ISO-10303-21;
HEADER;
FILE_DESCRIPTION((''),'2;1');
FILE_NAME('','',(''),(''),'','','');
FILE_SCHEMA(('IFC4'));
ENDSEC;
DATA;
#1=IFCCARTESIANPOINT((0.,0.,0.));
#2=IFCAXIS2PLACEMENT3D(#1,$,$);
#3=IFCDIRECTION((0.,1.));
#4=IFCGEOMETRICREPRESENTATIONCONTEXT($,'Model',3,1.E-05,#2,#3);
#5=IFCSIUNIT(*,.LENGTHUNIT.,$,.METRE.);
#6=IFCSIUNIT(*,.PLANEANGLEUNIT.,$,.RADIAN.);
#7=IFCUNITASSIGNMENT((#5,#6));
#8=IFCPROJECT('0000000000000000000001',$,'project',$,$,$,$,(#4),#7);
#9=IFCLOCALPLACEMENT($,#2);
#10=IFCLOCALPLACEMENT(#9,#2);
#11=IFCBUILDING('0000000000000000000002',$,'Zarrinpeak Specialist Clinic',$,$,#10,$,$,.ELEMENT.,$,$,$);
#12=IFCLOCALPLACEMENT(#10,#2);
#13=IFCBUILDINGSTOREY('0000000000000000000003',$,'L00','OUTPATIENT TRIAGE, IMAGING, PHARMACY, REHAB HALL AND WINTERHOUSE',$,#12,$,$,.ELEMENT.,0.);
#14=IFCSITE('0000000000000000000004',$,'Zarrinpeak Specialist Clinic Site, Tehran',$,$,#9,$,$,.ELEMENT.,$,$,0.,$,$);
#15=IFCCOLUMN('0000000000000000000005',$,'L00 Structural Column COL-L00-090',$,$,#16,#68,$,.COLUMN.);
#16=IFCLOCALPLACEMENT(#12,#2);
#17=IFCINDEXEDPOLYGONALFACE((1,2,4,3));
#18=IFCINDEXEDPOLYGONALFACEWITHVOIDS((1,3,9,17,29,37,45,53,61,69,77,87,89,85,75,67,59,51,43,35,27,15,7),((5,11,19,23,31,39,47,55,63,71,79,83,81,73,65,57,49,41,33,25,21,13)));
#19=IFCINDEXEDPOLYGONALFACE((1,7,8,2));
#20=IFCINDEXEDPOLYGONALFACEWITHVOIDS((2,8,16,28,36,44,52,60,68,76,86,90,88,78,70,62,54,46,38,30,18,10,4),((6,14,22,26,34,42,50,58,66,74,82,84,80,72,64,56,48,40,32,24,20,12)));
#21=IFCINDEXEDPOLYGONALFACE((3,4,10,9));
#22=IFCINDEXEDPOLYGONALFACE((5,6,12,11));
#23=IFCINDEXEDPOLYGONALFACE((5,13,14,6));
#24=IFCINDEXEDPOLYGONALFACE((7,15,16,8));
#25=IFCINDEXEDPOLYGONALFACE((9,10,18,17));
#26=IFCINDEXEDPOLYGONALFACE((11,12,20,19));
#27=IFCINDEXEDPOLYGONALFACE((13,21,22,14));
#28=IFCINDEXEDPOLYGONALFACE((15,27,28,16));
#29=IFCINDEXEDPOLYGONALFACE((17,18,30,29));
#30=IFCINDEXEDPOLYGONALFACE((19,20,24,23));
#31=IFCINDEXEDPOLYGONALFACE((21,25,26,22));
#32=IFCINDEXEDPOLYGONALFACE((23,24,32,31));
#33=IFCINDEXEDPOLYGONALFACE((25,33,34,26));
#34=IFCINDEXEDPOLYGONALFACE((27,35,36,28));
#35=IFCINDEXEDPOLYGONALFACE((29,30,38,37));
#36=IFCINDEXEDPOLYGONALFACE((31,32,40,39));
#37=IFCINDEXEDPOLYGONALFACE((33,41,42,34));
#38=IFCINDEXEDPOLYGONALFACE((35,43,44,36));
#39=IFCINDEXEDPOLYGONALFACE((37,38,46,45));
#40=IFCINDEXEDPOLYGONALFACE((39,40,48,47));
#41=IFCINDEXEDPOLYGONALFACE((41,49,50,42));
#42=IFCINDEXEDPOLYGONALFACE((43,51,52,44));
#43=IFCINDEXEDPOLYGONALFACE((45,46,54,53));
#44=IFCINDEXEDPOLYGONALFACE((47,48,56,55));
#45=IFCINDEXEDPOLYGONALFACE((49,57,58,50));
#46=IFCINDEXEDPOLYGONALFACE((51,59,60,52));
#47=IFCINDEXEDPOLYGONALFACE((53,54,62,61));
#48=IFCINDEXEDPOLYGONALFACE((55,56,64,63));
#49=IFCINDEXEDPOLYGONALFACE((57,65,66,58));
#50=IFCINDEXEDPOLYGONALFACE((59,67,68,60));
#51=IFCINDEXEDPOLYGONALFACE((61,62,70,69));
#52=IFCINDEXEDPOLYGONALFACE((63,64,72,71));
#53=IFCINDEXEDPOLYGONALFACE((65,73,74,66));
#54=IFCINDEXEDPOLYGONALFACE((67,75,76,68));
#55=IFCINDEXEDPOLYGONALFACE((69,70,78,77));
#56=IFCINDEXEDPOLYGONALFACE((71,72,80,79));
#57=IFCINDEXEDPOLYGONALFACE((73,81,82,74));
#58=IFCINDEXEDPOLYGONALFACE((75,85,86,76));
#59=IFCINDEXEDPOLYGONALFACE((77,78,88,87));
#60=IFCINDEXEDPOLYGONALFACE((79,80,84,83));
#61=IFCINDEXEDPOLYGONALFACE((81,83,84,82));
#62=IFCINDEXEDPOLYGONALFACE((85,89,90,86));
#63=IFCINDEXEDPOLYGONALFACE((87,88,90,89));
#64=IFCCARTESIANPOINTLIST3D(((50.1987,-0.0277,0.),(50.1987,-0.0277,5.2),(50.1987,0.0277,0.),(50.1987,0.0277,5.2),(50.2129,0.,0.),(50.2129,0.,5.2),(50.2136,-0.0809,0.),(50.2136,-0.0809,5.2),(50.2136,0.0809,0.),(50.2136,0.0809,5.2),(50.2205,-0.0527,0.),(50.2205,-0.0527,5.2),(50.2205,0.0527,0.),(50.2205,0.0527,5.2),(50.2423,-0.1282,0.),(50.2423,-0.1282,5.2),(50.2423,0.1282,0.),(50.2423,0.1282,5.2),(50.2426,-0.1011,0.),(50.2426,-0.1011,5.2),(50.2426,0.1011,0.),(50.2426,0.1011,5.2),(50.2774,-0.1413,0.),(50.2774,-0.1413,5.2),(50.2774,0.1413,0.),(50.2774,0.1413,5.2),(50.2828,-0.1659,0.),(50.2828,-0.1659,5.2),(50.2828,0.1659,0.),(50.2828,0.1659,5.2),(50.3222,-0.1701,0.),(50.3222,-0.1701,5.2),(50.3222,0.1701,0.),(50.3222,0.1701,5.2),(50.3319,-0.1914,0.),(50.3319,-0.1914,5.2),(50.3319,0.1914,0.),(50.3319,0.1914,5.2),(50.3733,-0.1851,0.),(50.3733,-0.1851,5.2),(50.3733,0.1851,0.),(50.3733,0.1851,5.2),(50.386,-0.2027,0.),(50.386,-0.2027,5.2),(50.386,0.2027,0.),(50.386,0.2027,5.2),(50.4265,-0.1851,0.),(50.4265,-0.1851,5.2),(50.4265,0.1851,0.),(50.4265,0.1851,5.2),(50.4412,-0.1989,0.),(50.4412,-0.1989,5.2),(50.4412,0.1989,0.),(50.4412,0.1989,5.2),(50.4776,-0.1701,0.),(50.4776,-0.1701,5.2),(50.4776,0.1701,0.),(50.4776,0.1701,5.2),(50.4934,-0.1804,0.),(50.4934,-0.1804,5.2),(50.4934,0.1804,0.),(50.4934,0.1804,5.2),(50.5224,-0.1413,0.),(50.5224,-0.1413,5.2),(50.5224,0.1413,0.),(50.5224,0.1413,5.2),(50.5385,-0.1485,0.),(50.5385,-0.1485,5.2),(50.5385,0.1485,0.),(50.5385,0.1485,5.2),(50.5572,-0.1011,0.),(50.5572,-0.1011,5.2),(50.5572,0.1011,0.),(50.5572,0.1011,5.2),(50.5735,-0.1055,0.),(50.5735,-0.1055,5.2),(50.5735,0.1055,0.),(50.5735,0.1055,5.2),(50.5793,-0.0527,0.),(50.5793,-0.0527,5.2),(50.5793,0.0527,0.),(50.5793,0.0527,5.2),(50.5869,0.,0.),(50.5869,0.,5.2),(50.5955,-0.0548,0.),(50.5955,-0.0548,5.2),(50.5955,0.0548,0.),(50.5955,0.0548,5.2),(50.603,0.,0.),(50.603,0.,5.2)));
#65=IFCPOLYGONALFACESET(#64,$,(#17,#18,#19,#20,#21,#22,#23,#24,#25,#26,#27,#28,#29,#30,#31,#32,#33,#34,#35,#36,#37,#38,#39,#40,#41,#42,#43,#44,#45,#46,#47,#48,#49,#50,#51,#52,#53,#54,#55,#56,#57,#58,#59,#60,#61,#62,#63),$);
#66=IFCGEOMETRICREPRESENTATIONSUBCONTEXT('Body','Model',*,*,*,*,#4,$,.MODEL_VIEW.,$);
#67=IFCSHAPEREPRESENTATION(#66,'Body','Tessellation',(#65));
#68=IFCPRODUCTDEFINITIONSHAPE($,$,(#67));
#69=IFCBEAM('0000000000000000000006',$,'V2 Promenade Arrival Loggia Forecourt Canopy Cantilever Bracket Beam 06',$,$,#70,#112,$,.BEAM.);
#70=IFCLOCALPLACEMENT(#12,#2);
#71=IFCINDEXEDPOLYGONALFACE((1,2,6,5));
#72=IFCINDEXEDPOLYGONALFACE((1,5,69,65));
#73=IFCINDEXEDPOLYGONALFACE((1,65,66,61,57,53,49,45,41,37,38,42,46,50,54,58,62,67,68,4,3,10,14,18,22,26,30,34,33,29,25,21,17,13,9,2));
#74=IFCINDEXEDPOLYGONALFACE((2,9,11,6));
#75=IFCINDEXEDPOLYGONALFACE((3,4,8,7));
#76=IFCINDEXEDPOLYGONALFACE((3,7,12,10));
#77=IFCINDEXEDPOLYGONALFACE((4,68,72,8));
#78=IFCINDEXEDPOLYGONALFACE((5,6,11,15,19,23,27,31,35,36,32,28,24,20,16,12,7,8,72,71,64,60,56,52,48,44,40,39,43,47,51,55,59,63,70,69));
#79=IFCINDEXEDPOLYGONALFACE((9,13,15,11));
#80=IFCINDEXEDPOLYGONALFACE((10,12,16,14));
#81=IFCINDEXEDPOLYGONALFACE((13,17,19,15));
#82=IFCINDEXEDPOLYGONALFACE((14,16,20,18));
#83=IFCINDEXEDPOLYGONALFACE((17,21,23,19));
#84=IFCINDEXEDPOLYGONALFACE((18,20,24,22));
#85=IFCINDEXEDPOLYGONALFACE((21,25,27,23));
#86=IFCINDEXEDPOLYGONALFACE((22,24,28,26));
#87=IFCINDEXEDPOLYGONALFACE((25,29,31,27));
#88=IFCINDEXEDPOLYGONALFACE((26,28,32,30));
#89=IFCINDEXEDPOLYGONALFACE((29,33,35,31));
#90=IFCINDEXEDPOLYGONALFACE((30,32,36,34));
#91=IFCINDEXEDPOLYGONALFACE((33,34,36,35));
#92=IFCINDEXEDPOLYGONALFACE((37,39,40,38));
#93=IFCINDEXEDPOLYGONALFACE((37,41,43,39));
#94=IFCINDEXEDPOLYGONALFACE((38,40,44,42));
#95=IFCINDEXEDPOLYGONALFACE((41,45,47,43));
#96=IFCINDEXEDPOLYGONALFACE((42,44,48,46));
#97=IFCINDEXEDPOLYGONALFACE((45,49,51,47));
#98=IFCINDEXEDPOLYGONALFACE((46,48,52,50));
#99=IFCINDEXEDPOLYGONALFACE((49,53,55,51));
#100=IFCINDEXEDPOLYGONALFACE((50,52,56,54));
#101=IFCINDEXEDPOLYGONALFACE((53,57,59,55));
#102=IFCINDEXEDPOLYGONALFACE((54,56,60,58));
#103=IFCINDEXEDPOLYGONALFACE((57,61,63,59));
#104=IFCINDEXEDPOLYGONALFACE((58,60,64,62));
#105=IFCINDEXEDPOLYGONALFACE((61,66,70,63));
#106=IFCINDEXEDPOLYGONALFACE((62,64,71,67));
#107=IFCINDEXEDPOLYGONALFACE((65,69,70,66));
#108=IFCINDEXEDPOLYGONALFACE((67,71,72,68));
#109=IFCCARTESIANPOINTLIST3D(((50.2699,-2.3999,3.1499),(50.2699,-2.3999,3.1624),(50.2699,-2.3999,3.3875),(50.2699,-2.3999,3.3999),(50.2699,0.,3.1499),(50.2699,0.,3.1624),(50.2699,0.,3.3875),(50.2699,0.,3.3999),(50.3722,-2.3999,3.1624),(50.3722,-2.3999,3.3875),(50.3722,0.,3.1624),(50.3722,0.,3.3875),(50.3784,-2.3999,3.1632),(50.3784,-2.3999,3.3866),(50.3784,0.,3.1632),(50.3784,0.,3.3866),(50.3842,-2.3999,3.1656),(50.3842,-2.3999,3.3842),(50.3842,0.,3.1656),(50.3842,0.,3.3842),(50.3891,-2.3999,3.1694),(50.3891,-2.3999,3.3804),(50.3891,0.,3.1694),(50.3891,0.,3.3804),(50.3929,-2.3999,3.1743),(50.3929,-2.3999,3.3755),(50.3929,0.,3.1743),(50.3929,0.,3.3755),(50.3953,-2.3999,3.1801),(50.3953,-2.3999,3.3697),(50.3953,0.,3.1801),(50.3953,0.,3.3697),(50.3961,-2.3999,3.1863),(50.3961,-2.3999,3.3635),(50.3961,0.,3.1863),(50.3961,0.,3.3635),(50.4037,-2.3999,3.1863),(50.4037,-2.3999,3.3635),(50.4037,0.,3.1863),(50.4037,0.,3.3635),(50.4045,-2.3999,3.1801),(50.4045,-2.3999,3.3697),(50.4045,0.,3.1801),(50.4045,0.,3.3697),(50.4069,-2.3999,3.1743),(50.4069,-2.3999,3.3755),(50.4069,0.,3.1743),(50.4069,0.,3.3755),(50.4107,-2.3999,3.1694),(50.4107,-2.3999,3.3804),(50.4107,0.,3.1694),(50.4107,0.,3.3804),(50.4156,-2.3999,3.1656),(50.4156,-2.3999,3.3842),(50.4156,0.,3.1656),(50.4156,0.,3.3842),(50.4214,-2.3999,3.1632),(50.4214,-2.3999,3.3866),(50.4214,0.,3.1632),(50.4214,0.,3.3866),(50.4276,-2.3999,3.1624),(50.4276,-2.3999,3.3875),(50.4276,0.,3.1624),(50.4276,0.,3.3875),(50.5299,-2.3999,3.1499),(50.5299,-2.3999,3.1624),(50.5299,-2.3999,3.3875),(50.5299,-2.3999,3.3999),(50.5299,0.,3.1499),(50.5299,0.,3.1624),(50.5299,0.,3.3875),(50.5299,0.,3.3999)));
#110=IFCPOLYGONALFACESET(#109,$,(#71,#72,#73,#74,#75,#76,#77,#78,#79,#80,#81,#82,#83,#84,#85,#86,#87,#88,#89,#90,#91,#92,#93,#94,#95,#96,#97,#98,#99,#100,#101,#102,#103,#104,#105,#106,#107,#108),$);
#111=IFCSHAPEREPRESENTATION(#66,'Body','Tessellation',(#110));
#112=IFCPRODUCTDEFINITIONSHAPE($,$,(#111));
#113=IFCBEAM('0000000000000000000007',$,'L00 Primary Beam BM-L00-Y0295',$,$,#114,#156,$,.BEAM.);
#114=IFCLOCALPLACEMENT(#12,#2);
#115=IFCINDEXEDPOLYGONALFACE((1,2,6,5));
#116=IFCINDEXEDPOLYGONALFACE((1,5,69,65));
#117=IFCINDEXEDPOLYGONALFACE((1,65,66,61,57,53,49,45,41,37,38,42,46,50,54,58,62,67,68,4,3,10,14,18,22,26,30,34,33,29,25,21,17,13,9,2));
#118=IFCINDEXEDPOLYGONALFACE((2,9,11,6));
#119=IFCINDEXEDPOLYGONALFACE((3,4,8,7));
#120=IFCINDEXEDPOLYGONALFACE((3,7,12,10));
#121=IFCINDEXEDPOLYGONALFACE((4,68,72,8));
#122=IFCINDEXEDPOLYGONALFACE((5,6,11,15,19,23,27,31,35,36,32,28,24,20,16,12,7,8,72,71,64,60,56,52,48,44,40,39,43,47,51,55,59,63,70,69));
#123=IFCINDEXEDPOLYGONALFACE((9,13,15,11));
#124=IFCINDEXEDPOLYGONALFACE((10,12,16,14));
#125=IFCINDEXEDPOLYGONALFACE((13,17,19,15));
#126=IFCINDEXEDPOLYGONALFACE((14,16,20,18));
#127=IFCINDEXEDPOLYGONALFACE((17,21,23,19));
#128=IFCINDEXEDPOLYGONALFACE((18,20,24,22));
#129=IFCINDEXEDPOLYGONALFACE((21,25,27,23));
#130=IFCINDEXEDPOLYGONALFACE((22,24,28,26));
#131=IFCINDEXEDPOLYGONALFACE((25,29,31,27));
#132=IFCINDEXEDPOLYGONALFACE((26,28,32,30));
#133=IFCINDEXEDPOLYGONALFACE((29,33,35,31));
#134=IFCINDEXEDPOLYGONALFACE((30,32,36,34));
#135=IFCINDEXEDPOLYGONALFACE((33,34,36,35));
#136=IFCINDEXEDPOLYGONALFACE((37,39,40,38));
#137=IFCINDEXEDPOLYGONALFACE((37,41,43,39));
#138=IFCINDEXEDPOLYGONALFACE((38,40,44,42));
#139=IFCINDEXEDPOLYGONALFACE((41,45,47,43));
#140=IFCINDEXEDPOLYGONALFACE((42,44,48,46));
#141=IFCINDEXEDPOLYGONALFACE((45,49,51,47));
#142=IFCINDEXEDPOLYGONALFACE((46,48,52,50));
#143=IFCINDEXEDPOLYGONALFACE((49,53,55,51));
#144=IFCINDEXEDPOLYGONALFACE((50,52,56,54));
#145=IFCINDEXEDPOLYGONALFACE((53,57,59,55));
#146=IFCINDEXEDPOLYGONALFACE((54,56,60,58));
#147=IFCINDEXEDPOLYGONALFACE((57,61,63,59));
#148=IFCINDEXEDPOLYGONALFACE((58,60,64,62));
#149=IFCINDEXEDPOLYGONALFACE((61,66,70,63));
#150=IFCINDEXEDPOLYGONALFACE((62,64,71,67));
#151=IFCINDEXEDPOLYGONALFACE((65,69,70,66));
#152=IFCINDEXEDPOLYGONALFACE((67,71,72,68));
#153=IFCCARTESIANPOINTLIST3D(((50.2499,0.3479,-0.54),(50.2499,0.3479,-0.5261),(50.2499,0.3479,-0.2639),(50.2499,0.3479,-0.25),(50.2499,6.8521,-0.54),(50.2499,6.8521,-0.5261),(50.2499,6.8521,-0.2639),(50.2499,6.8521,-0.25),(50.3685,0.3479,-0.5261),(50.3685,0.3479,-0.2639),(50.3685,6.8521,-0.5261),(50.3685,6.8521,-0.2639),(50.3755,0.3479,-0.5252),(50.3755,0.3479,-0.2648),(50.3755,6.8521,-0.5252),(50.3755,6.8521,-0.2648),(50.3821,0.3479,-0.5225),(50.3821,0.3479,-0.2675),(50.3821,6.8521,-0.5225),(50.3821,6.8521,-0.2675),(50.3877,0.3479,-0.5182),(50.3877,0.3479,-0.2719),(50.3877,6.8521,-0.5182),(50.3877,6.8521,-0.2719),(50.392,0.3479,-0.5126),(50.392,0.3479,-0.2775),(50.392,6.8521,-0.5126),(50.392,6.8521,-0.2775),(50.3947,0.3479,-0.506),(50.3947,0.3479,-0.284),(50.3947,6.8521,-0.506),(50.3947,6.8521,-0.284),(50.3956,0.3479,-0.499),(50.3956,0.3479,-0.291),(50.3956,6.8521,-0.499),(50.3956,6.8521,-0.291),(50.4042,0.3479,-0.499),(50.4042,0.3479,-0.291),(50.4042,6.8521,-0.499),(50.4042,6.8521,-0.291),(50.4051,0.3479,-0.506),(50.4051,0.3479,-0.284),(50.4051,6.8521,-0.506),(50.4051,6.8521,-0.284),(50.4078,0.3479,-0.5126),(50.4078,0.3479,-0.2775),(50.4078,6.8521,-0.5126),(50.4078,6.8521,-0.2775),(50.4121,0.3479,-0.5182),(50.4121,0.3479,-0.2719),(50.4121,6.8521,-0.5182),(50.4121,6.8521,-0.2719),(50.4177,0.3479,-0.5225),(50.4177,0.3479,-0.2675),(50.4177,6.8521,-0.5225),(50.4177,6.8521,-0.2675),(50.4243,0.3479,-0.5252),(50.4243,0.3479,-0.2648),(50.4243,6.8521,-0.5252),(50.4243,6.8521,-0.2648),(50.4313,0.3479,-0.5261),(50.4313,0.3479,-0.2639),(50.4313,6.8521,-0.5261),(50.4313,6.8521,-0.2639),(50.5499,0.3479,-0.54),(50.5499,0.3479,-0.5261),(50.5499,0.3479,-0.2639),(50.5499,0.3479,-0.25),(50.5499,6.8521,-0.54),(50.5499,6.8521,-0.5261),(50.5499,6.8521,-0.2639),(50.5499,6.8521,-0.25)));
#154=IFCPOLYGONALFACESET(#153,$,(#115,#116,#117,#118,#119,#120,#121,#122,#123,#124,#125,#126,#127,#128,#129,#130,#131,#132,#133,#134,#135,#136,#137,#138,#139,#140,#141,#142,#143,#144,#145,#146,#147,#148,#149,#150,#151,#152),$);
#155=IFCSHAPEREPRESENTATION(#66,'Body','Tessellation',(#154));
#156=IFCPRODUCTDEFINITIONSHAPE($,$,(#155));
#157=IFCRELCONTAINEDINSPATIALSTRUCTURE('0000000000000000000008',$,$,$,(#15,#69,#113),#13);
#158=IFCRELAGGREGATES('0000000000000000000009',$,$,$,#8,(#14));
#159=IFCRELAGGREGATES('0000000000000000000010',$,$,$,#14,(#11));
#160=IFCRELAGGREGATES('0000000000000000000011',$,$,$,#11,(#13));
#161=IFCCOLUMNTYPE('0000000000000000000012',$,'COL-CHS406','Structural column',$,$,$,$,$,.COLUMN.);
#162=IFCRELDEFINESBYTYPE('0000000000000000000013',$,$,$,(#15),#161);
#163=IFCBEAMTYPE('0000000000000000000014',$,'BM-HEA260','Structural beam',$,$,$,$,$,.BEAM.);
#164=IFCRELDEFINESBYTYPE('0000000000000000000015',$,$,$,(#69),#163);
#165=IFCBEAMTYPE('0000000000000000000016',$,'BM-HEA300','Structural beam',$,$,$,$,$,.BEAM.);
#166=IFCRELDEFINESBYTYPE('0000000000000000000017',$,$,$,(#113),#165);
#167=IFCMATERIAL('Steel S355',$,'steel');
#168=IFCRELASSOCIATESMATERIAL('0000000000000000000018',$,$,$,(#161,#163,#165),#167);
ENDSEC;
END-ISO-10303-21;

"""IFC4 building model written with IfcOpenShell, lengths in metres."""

from ifc_helpers import new_model, si_unit, direction, frame, origin, origin_2d, place, context, subcontext, project, spatial, hollow_circle, i_section, extrude, material, material_profile, profile_set, type_object, element, save


model = new_model("IFC4")

# Units and contexts
model_context = context("Model", 3, precision=1e-05, world=origin(), true_north=direction((0.0, 1.0)))
body_context = subcontext(model_context, "Body", "Model", "MODEL_VIEW")
ifc_project = project(units=[si_unit("LENGTHUNIT", "METRE"), si_unit("PLANEANGLEUNIT", "RADIAN")], contexts=[model_context])

# Site, building, storey
site_placement = place(None, origin())
site = spatial("IfcSite", under=ifc_project, at=site_placement, Name="Zarrinpeak Specialist Clinic Site, Tehran", CompositionType="ELEMENT", RefElevation=0.0)
building_placement = place(site_placement, origin())
building = spatial("IfcBuilding", under=site, at=building_placement, Name="Zarrinpeak Specialist Clinic", CompositionType="ELEMENT")
storey_placement = place(building_placement, origin())
storey = spatial("IfcBuildingStorey", under=building, at=storey_placement, Name="L00", Description="OUTPATIENT TRIAGE, IMAGING, PHARMACY, REHAB HALL AND WINTERHOUSE", CompositionType="ELEMENT", Elevation=0.0)

# Column
ifc_material_1 = material(Name="Steel S355", Category="steel")
ifc_material_profile_1 = material_profile(ifc_material_1, hollow_circle(Radius=0.2031, WallThickness=0.0161, at=origin_2d()), Name="CHS 406.4x16.0")
ifc_profile_set_1 = profile_set([ifc_material_profile_1], Name="Steel S355")
column_type = type_object("IfcColumnType", Name="COL-CHS406", Description="Structural column", PredefinedType="COLUMN", material=ifc_profile_set_1)
column_placement = place(storey_placement, frame((50.3999, 0.0, 0.0), z_axis=(0.0, 0.0, 1.0), x_axis=(1.0, 0.0, 0.0)))
element("IfcColumn", 1, at=column_placement, inside=storey, type_object=column_type, Name="L00 Structural Column COL-L00-090", PredefinedType="COLUMN", context=body_context, shape_type="SweptSolid", body=[
    extrude(hollow_circle(Radius=0.2031, WallThickness=0.0161, at=origin_2d()), origin(), (0.0, 0.0, 1.0), 5.2),
])

# Beams
ifc_material_profile_2 = material_profile(ifc_material_1, i_section(OverallWidth=0.26, OverallDepth=0.25, WebThickness=0.0076, FlangeThickness=0.0125, FilletRadius=0.0239, at=origin_2d()), Name="HEA 260")
ifc_profile_set_2 = profile_set([ifc_material_profile_2], Name="Steel S355")
beam_type_1 = type_object("IfcBeamType", Name="BM-HEA260", Description="Structural beam", PredefinedType="BEAM", material=ifc_profile_set_2)
beam_1_placement = place(storey_placement, frame((50.3999, 0.0, 3.2749), z_axis=(0.0, -1.0, 0.0), x_axis=(1.0, 0.0, 0.0)))
element("IfcBeam", 2, at=beam_1_placement, inside=storey, type_object=beam_type_1, Name="V2 Promenade Arrival Loggia Forecourt Canopy Cantilever Bracket Beam 06", PredefinedType="BEAM", context=body_context, shape_type="SweptSolid", body=[
    extrude(i_section(OverallWidth=0.26, OverallDepth=0.25, WebThickness=0.0076, FlangeThickness=0.0125, FilletRadius=0.0239, at=origin_2d()), origin(), (0.0, 0.0, 1.0), 2.3999),
])
ifc_material_profile_3 = material_profile(ifc_material_1, i_section(OverallWidth=0.3, OverallDepth=0.29, WebThickness=0.0085, FlangeThickness=0.0139, FilletRadius=0.0271, at=origin_2d()), Name="HEA 300")
ifc_profile_set_3 = profile_set([ifc_material_profile_3], Name="Steel S355")
beam_type_2 = type_object("IfcBeamType", Name="BM-HEA300", Description="Structural beam", PredefinedType="BEAM", material=ifc_profile_set_3)
beam_2_placement = place(storey_placement, frame((50.3999, 0.3479, -0.395), z_axis=(0.0, 1.0, 0.0), x_axis=(-1.0, 0.0, 0.0)))
element("IfcBeam", 3, at=beam_2_placement, inside=storey, type_object=beam_type_2, Name="L00 Primary Beam BM-L00-Y0295", PredefinedType="BEAM", context=body_context, shape_type="SweptSolid", body=[
    extrude(i_section(OverallWidth=0.3, OverallDepth=0.29, WebThickness=0.0085, FlangeThickness=0.0139, FilletRadius=0.0271, at=origin_2d()), origin(), (0.0, 0.0, 1.0), 6.5042),
])

save(model, "model.ifc")
